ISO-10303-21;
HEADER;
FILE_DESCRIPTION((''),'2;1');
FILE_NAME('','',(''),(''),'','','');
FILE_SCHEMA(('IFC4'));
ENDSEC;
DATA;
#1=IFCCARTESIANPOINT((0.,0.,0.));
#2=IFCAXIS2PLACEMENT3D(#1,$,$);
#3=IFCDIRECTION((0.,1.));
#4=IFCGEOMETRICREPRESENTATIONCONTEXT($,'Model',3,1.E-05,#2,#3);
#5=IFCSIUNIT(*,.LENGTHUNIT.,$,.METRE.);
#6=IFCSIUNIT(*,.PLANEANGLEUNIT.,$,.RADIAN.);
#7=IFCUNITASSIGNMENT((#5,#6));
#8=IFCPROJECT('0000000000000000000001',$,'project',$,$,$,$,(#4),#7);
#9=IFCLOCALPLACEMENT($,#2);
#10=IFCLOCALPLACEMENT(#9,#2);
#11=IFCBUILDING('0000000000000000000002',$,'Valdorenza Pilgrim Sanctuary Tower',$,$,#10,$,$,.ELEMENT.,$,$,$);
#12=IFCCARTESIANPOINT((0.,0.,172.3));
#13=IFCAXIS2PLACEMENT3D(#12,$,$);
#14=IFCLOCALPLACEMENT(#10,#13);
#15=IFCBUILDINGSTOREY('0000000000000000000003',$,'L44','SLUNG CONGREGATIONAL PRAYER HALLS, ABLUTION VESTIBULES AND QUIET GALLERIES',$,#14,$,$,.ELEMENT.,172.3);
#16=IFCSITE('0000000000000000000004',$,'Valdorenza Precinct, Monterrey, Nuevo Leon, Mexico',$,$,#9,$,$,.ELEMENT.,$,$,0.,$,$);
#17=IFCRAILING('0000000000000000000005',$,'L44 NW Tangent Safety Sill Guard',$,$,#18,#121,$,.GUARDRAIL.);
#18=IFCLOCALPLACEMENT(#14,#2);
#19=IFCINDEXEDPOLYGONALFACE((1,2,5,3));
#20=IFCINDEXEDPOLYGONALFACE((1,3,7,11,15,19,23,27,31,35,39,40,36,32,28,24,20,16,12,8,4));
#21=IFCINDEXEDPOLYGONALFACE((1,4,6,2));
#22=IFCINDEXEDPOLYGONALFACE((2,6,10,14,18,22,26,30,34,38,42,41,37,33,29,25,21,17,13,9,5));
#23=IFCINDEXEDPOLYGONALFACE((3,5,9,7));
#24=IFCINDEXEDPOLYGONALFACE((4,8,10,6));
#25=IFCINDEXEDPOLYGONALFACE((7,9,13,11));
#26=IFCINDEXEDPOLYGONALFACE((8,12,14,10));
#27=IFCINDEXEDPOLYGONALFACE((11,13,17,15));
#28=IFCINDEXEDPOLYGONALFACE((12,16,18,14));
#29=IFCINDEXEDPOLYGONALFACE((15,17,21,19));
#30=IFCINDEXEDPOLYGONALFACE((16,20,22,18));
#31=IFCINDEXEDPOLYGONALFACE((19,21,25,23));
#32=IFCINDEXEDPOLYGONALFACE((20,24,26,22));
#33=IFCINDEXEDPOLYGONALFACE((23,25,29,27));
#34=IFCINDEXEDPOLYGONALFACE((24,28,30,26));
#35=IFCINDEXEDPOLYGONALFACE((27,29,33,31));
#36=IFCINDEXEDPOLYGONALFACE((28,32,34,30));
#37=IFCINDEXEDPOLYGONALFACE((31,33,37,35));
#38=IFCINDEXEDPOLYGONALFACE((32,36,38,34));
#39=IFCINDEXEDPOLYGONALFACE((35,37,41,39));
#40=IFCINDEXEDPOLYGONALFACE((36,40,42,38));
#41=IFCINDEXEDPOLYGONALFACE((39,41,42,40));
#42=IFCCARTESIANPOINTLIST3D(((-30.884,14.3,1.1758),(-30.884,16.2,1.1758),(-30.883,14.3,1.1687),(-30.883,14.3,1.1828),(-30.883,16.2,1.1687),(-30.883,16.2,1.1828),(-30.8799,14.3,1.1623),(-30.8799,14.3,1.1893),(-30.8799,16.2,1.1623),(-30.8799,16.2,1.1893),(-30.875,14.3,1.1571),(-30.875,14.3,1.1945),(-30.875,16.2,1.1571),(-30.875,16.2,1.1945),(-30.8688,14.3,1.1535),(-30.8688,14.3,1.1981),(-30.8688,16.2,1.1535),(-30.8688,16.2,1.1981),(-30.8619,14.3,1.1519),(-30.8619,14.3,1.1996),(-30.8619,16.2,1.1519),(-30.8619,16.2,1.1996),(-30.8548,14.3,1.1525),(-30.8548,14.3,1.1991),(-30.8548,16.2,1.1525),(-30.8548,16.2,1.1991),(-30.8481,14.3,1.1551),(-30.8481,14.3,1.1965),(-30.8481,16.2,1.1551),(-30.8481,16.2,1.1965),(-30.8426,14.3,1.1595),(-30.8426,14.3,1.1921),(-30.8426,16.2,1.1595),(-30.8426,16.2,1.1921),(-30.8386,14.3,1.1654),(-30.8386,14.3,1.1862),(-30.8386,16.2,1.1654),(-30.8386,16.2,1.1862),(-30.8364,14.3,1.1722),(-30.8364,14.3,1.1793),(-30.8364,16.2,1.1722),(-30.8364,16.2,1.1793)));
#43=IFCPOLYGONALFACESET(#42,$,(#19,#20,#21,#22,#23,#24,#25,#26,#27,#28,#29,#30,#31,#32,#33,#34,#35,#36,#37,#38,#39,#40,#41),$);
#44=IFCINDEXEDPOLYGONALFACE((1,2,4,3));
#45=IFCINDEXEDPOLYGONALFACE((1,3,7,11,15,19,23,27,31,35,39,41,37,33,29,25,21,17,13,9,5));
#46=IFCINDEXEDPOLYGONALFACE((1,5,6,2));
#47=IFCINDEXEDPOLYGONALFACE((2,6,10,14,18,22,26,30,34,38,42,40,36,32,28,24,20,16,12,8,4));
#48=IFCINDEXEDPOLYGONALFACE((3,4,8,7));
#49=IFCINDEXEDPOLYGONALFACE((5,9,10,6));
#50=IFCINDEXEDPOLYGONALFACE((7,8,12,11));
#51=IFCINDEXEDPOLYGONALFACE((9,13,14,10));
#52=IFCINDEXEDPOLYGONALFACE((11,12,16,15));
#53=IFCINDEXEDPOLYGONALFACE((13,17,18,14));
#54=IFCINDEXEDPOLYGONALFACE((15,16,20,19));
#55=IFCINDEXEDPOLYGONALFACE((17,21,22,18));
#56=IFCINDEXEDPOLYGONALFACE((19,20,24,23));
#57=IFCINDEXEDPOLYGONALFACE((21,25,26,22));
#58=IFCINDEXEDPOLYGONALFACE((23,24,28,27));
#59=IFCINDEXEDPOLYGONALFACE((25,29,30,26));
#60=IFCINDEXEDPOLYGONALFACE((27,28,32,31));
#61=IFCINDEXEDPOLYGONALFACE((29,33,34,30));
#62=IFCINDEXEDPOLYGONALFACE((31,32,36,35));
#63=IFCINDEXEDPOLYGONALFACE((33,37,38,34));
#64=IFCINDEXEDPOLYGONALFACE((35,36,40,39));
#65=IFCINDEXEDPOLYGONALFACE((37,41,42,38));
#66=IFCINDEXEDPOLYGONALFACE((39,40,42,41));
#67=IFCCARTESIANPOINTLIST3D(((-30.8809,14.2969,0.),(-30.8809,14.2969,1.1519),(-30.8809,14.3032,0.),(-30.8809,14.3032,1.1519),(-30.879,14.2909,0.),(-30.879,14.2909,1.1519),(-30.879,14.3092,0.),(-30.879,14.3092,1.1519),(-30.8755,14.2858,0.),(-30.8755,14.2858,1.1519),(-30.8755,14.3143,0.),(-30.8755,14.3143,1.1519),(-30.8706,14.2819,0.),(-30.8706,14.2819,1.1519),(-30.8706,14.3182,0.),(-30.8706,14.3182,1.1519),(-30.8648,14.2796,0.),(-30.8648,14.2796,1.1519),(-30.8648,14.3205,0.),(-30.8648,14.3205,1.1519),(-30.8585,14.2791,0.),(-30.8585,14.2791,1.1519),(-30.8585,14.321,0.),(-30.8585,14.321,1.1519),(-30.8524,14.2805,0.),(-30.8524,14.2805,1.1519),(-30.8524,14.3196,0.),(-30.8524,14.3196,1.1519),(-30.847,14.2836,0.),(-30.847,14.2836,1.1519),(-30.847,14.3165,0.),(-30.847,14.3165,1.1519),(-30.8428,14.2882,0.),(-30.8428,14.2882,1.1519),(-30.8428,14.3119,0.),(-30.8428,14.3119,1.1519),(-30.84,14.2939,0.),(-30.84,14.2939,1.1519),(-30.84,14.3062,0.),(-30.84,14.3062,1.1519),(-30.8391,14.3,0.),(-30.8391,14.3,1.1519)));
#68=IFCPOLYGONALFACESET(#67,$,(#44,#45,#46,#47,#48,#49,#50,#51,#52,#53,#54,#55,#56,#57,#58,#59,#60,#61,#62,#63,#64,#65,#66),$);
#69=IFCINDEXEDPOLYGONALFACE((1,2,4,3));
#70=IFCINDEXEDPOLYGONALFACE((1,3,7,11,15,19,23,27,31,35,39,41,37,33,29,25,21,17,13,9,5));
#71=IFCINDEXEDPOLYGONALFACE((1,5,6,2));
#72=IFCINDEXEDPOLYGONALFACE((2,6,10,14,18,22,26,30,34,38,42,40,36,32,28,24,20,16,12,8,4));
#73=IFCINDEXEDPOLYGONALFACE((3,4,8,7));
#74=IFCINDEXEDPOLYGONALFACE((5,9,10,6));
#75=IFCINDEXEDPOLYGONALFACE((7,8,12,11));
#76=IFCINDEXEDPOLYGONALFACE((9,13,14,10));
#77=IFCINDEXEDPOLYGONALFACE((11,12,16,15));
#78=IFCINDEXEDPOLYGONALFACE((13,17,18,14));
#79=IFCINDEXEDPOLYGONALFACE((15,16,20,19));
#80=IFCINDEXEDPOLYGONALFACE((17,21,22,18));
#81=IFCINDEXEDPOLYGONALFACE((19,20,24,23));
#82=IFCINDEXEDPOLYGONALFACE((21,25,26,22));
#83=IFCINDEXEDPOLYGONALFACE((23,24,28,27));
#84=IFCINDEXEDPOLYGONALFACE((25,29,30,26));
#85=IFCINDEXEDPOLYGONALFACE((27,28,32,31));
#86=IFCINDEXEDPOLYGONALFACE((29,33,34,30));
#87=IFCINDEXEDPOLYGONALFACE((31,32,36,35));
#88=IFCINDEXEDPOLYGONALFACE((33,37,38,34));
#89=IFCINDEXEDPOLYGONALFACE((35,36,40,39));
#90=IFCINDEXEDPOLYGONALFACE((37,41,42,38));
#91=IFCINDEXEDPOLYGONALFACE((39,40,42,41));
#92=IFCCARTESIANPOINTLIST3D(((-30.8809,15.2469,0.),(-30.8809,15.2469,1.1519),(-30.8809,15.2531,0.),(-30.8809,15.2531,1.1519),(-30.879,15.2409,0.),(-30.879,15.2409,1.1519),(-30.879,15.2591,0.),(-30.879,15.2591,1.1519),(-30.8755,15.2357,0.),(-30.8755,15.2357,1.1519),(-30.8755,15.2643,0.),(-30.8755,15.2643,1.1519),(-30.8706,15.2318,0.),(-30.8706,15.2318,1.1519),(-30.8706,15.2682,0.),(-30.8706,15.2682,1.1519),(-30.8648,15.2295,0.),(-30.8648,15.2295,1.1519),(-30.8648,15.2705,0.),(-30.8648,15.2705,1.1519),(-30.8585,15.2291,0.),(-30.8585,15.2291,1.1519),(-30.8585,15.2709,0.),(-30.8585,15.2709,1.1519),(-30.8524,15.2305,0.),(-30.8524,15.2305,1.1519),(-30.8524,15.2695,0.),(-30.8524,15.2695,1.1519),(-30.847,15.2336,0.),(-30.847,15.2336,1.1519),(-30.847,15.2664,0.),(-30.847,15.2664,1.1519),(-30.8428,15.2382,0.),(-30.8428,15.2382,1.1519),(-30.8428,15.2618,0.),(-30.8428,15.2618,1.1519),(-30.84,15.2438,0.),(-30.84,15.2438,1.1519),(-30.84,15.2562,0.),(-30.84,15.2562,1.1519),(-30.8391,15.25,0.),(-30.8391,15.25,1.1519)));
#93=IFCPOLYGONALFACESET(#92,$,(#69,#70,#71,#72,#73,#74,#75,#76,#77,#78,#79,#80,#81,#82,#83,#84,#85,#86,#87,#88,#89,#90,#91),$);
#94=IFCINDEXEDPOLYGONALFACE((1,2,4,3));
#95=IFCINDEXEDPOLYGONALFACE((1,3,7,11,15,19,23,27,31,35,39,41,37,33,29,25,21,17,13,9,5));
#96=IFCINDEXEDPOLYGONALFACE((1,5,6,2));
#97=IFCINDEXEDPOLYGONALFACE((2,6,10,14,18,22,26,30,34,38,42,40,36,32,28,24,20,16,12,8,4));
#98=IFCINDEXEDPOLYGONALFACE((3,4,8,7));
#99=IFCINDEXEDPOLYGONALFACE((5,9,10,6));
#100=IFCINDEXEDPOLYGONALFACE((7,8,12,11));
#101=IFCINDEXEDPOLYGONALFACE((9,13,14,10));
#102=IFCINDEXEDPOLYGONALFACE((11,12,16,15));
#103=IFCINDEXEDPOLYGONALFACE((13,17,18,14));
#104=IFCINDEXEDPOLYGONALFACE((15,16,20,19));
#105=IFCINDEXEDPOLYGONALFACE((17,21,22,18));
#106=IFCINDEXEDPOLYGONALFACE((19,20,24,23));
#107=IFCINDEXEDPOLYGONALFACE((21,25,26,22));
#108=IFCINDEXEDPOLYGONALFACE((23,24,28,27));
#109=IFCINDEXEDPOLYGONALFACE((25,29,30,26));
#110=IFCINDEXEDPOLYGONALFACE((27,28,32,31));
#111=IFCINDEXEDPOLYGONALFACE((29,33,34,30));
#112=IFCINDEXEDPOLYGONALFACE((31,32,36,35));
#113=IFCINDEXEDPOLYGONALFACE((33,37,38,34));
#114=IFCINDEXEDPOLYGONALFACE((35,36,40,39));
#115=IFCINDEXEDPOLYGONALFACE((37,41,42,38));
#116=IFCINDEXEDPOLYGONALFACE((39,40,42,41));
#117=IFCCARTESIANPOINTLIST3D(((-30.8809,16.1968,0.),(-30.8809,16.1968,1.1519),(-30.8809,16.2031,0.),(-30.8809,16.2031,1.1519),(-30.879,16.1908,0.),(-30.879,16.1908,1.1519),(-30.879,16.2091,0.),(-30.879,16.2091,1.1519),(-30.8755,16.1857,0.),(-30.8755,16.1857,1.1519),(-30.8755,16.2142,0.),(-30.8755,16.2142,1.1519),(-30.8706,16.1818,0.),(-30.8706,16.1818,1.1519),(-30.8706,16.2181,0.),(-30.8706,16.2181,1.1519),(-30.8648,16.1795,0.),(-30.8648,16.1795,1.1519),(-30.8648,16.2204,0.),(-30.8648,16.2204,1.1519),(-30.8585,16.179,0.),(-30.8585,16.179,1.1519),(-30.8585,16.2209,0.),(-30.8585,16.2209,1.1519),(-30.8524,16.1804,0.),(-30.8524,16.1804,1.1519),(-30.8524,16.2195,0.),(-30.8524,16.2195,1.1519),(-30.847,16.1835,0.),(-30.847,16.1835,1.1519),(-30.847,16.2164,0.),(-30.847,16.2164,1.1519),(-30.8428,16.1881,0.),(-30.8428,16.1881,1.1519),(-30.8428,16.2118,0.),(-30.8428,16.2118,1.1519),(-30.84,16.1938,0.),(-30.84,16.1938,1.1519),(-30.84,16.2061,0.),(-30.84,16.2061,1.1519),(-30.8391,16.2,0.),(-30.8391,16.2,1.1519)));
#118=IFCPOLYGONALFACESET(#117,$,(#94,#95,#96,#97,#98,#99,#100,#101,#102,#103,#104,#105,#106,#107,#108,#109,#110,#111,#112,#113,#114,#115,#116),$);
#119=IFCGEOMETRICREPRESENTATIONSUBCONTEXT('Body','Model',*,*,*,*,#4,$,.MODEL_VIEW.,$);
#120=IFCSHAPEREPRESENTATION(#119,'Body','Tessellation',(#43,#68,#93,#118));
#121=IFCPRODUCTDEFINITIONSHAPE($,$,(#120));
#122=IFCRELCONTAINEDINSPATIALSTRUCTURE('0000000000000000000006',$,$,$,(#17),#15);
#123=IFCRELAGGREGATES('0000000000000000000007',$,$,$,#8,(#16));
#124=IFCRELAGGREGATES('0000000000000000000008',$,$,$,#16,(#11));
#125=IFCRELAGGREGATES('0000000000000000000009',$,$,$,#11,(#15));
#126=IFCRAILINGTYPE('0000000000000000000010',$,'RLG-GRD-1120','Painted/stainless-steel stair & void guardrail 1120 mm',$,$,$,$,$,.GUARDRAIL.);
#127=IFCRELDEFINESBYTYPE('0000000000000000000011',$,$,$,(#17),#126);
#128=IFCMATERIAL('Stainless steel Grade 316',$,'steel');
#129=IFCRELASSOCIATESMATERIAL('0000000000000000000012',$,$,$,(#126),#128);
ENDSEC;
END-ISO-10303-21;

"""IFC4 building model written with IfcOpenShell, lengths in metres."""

from ifc_helpers import new_model, si_unit, direction, frame, origin, origin_2d, place, context, subcontext, project, spatial, circle, extrude, material, type_object, element, save


model = new_model("IFC4")

# Units and contexts
model_context = context("Model", 3, precision=1e-05, world=origin(), true_north=direction((0.0, 1.0)))
body_context = subcontext(model_context, "Body", "Model", "MODEL_VIEW")
ifc_project = project(units=[si_unit("LENGTHUNIT", "METRE"), si_unit("PLANEANGLEUNIT", "RADIAN")], contexts=[model_context])

# Site, building, storey
site_placement = place(None, origin())
site = spatial("IfcSite", under=ifc_project, at=site_placement, Name="Valdorenza Precinct, Monterrey, Nuevo Leon, Mexico", CompositionType="ELEMENT", RefElevation=0.0)
building_placement = place(site_placement, origin())
building = spatial("IfcBuilding", under=site, at=building_placement, Name="Valdorenza Pilgrim Sanctuary Tower", CompositionType="ELEMENT")
storey_placement = place(building_placement, frame((0.0, 0.0, 172.3)))
storey = spatial("IfcBuildingStorey", under=building, at=storey_placement, Name="L44", Description="SLUNG CONGREGATIONAL PRAYER HALLS, ABLUTION VESTIBULES AND QUIET GALLERIES", CompositionType="ELEMENT", Elevation=172.3)

# Railing
ifc_material_1 = material(Name="Stainless steel Grade 316", Category="steel")
railing_type = type_object("IfcRailingType", Name="RLG-GRD-1120", Description="Painted/stainless-steel stair & void guardrail 1120 mm", PredefinedType="GUARDRAIL", material=ifc_material_1)
railing_placement = place(storey_placement, frame((-30.8601, 14.3, 0.0)))
element("IfcRailing", 1, at=railing_placement, inside=storey, type_object=railing_type, Name="L44 NW Tangent Safety Sill Guard", PredefinedType="GUARDRAIL", context=body_context, shape_type="SweptSolid", body=[
    extrude(circle(Radius=0.0239, at=origin_2d()), frame((0.0, 0.0, 1.1758), z_axis=(0.0, 1.0, 0.0), x_axis=(-1.0, 0.0, 0.0)), (0.0, 0.0, 1.0), 1.8999),
    extrude(circle(Radius=0.021, at=origin_2d()), origin(), (0.0, 0.0, 1.0), 1.1519),
    extrude(circle(Radius=0.021, at=origin_2d()), frame((0.0, 0.95, 0.0)), (0.0, 0.0, 1.0), 1.1519),
    extrude(circle(Radius=0.021, at=origin_2d()), frame((0.0, 1.8999, 0.0)), (0.0, 0.0, 1.0), 1.1519),
])

save(model, "model.ifc")
